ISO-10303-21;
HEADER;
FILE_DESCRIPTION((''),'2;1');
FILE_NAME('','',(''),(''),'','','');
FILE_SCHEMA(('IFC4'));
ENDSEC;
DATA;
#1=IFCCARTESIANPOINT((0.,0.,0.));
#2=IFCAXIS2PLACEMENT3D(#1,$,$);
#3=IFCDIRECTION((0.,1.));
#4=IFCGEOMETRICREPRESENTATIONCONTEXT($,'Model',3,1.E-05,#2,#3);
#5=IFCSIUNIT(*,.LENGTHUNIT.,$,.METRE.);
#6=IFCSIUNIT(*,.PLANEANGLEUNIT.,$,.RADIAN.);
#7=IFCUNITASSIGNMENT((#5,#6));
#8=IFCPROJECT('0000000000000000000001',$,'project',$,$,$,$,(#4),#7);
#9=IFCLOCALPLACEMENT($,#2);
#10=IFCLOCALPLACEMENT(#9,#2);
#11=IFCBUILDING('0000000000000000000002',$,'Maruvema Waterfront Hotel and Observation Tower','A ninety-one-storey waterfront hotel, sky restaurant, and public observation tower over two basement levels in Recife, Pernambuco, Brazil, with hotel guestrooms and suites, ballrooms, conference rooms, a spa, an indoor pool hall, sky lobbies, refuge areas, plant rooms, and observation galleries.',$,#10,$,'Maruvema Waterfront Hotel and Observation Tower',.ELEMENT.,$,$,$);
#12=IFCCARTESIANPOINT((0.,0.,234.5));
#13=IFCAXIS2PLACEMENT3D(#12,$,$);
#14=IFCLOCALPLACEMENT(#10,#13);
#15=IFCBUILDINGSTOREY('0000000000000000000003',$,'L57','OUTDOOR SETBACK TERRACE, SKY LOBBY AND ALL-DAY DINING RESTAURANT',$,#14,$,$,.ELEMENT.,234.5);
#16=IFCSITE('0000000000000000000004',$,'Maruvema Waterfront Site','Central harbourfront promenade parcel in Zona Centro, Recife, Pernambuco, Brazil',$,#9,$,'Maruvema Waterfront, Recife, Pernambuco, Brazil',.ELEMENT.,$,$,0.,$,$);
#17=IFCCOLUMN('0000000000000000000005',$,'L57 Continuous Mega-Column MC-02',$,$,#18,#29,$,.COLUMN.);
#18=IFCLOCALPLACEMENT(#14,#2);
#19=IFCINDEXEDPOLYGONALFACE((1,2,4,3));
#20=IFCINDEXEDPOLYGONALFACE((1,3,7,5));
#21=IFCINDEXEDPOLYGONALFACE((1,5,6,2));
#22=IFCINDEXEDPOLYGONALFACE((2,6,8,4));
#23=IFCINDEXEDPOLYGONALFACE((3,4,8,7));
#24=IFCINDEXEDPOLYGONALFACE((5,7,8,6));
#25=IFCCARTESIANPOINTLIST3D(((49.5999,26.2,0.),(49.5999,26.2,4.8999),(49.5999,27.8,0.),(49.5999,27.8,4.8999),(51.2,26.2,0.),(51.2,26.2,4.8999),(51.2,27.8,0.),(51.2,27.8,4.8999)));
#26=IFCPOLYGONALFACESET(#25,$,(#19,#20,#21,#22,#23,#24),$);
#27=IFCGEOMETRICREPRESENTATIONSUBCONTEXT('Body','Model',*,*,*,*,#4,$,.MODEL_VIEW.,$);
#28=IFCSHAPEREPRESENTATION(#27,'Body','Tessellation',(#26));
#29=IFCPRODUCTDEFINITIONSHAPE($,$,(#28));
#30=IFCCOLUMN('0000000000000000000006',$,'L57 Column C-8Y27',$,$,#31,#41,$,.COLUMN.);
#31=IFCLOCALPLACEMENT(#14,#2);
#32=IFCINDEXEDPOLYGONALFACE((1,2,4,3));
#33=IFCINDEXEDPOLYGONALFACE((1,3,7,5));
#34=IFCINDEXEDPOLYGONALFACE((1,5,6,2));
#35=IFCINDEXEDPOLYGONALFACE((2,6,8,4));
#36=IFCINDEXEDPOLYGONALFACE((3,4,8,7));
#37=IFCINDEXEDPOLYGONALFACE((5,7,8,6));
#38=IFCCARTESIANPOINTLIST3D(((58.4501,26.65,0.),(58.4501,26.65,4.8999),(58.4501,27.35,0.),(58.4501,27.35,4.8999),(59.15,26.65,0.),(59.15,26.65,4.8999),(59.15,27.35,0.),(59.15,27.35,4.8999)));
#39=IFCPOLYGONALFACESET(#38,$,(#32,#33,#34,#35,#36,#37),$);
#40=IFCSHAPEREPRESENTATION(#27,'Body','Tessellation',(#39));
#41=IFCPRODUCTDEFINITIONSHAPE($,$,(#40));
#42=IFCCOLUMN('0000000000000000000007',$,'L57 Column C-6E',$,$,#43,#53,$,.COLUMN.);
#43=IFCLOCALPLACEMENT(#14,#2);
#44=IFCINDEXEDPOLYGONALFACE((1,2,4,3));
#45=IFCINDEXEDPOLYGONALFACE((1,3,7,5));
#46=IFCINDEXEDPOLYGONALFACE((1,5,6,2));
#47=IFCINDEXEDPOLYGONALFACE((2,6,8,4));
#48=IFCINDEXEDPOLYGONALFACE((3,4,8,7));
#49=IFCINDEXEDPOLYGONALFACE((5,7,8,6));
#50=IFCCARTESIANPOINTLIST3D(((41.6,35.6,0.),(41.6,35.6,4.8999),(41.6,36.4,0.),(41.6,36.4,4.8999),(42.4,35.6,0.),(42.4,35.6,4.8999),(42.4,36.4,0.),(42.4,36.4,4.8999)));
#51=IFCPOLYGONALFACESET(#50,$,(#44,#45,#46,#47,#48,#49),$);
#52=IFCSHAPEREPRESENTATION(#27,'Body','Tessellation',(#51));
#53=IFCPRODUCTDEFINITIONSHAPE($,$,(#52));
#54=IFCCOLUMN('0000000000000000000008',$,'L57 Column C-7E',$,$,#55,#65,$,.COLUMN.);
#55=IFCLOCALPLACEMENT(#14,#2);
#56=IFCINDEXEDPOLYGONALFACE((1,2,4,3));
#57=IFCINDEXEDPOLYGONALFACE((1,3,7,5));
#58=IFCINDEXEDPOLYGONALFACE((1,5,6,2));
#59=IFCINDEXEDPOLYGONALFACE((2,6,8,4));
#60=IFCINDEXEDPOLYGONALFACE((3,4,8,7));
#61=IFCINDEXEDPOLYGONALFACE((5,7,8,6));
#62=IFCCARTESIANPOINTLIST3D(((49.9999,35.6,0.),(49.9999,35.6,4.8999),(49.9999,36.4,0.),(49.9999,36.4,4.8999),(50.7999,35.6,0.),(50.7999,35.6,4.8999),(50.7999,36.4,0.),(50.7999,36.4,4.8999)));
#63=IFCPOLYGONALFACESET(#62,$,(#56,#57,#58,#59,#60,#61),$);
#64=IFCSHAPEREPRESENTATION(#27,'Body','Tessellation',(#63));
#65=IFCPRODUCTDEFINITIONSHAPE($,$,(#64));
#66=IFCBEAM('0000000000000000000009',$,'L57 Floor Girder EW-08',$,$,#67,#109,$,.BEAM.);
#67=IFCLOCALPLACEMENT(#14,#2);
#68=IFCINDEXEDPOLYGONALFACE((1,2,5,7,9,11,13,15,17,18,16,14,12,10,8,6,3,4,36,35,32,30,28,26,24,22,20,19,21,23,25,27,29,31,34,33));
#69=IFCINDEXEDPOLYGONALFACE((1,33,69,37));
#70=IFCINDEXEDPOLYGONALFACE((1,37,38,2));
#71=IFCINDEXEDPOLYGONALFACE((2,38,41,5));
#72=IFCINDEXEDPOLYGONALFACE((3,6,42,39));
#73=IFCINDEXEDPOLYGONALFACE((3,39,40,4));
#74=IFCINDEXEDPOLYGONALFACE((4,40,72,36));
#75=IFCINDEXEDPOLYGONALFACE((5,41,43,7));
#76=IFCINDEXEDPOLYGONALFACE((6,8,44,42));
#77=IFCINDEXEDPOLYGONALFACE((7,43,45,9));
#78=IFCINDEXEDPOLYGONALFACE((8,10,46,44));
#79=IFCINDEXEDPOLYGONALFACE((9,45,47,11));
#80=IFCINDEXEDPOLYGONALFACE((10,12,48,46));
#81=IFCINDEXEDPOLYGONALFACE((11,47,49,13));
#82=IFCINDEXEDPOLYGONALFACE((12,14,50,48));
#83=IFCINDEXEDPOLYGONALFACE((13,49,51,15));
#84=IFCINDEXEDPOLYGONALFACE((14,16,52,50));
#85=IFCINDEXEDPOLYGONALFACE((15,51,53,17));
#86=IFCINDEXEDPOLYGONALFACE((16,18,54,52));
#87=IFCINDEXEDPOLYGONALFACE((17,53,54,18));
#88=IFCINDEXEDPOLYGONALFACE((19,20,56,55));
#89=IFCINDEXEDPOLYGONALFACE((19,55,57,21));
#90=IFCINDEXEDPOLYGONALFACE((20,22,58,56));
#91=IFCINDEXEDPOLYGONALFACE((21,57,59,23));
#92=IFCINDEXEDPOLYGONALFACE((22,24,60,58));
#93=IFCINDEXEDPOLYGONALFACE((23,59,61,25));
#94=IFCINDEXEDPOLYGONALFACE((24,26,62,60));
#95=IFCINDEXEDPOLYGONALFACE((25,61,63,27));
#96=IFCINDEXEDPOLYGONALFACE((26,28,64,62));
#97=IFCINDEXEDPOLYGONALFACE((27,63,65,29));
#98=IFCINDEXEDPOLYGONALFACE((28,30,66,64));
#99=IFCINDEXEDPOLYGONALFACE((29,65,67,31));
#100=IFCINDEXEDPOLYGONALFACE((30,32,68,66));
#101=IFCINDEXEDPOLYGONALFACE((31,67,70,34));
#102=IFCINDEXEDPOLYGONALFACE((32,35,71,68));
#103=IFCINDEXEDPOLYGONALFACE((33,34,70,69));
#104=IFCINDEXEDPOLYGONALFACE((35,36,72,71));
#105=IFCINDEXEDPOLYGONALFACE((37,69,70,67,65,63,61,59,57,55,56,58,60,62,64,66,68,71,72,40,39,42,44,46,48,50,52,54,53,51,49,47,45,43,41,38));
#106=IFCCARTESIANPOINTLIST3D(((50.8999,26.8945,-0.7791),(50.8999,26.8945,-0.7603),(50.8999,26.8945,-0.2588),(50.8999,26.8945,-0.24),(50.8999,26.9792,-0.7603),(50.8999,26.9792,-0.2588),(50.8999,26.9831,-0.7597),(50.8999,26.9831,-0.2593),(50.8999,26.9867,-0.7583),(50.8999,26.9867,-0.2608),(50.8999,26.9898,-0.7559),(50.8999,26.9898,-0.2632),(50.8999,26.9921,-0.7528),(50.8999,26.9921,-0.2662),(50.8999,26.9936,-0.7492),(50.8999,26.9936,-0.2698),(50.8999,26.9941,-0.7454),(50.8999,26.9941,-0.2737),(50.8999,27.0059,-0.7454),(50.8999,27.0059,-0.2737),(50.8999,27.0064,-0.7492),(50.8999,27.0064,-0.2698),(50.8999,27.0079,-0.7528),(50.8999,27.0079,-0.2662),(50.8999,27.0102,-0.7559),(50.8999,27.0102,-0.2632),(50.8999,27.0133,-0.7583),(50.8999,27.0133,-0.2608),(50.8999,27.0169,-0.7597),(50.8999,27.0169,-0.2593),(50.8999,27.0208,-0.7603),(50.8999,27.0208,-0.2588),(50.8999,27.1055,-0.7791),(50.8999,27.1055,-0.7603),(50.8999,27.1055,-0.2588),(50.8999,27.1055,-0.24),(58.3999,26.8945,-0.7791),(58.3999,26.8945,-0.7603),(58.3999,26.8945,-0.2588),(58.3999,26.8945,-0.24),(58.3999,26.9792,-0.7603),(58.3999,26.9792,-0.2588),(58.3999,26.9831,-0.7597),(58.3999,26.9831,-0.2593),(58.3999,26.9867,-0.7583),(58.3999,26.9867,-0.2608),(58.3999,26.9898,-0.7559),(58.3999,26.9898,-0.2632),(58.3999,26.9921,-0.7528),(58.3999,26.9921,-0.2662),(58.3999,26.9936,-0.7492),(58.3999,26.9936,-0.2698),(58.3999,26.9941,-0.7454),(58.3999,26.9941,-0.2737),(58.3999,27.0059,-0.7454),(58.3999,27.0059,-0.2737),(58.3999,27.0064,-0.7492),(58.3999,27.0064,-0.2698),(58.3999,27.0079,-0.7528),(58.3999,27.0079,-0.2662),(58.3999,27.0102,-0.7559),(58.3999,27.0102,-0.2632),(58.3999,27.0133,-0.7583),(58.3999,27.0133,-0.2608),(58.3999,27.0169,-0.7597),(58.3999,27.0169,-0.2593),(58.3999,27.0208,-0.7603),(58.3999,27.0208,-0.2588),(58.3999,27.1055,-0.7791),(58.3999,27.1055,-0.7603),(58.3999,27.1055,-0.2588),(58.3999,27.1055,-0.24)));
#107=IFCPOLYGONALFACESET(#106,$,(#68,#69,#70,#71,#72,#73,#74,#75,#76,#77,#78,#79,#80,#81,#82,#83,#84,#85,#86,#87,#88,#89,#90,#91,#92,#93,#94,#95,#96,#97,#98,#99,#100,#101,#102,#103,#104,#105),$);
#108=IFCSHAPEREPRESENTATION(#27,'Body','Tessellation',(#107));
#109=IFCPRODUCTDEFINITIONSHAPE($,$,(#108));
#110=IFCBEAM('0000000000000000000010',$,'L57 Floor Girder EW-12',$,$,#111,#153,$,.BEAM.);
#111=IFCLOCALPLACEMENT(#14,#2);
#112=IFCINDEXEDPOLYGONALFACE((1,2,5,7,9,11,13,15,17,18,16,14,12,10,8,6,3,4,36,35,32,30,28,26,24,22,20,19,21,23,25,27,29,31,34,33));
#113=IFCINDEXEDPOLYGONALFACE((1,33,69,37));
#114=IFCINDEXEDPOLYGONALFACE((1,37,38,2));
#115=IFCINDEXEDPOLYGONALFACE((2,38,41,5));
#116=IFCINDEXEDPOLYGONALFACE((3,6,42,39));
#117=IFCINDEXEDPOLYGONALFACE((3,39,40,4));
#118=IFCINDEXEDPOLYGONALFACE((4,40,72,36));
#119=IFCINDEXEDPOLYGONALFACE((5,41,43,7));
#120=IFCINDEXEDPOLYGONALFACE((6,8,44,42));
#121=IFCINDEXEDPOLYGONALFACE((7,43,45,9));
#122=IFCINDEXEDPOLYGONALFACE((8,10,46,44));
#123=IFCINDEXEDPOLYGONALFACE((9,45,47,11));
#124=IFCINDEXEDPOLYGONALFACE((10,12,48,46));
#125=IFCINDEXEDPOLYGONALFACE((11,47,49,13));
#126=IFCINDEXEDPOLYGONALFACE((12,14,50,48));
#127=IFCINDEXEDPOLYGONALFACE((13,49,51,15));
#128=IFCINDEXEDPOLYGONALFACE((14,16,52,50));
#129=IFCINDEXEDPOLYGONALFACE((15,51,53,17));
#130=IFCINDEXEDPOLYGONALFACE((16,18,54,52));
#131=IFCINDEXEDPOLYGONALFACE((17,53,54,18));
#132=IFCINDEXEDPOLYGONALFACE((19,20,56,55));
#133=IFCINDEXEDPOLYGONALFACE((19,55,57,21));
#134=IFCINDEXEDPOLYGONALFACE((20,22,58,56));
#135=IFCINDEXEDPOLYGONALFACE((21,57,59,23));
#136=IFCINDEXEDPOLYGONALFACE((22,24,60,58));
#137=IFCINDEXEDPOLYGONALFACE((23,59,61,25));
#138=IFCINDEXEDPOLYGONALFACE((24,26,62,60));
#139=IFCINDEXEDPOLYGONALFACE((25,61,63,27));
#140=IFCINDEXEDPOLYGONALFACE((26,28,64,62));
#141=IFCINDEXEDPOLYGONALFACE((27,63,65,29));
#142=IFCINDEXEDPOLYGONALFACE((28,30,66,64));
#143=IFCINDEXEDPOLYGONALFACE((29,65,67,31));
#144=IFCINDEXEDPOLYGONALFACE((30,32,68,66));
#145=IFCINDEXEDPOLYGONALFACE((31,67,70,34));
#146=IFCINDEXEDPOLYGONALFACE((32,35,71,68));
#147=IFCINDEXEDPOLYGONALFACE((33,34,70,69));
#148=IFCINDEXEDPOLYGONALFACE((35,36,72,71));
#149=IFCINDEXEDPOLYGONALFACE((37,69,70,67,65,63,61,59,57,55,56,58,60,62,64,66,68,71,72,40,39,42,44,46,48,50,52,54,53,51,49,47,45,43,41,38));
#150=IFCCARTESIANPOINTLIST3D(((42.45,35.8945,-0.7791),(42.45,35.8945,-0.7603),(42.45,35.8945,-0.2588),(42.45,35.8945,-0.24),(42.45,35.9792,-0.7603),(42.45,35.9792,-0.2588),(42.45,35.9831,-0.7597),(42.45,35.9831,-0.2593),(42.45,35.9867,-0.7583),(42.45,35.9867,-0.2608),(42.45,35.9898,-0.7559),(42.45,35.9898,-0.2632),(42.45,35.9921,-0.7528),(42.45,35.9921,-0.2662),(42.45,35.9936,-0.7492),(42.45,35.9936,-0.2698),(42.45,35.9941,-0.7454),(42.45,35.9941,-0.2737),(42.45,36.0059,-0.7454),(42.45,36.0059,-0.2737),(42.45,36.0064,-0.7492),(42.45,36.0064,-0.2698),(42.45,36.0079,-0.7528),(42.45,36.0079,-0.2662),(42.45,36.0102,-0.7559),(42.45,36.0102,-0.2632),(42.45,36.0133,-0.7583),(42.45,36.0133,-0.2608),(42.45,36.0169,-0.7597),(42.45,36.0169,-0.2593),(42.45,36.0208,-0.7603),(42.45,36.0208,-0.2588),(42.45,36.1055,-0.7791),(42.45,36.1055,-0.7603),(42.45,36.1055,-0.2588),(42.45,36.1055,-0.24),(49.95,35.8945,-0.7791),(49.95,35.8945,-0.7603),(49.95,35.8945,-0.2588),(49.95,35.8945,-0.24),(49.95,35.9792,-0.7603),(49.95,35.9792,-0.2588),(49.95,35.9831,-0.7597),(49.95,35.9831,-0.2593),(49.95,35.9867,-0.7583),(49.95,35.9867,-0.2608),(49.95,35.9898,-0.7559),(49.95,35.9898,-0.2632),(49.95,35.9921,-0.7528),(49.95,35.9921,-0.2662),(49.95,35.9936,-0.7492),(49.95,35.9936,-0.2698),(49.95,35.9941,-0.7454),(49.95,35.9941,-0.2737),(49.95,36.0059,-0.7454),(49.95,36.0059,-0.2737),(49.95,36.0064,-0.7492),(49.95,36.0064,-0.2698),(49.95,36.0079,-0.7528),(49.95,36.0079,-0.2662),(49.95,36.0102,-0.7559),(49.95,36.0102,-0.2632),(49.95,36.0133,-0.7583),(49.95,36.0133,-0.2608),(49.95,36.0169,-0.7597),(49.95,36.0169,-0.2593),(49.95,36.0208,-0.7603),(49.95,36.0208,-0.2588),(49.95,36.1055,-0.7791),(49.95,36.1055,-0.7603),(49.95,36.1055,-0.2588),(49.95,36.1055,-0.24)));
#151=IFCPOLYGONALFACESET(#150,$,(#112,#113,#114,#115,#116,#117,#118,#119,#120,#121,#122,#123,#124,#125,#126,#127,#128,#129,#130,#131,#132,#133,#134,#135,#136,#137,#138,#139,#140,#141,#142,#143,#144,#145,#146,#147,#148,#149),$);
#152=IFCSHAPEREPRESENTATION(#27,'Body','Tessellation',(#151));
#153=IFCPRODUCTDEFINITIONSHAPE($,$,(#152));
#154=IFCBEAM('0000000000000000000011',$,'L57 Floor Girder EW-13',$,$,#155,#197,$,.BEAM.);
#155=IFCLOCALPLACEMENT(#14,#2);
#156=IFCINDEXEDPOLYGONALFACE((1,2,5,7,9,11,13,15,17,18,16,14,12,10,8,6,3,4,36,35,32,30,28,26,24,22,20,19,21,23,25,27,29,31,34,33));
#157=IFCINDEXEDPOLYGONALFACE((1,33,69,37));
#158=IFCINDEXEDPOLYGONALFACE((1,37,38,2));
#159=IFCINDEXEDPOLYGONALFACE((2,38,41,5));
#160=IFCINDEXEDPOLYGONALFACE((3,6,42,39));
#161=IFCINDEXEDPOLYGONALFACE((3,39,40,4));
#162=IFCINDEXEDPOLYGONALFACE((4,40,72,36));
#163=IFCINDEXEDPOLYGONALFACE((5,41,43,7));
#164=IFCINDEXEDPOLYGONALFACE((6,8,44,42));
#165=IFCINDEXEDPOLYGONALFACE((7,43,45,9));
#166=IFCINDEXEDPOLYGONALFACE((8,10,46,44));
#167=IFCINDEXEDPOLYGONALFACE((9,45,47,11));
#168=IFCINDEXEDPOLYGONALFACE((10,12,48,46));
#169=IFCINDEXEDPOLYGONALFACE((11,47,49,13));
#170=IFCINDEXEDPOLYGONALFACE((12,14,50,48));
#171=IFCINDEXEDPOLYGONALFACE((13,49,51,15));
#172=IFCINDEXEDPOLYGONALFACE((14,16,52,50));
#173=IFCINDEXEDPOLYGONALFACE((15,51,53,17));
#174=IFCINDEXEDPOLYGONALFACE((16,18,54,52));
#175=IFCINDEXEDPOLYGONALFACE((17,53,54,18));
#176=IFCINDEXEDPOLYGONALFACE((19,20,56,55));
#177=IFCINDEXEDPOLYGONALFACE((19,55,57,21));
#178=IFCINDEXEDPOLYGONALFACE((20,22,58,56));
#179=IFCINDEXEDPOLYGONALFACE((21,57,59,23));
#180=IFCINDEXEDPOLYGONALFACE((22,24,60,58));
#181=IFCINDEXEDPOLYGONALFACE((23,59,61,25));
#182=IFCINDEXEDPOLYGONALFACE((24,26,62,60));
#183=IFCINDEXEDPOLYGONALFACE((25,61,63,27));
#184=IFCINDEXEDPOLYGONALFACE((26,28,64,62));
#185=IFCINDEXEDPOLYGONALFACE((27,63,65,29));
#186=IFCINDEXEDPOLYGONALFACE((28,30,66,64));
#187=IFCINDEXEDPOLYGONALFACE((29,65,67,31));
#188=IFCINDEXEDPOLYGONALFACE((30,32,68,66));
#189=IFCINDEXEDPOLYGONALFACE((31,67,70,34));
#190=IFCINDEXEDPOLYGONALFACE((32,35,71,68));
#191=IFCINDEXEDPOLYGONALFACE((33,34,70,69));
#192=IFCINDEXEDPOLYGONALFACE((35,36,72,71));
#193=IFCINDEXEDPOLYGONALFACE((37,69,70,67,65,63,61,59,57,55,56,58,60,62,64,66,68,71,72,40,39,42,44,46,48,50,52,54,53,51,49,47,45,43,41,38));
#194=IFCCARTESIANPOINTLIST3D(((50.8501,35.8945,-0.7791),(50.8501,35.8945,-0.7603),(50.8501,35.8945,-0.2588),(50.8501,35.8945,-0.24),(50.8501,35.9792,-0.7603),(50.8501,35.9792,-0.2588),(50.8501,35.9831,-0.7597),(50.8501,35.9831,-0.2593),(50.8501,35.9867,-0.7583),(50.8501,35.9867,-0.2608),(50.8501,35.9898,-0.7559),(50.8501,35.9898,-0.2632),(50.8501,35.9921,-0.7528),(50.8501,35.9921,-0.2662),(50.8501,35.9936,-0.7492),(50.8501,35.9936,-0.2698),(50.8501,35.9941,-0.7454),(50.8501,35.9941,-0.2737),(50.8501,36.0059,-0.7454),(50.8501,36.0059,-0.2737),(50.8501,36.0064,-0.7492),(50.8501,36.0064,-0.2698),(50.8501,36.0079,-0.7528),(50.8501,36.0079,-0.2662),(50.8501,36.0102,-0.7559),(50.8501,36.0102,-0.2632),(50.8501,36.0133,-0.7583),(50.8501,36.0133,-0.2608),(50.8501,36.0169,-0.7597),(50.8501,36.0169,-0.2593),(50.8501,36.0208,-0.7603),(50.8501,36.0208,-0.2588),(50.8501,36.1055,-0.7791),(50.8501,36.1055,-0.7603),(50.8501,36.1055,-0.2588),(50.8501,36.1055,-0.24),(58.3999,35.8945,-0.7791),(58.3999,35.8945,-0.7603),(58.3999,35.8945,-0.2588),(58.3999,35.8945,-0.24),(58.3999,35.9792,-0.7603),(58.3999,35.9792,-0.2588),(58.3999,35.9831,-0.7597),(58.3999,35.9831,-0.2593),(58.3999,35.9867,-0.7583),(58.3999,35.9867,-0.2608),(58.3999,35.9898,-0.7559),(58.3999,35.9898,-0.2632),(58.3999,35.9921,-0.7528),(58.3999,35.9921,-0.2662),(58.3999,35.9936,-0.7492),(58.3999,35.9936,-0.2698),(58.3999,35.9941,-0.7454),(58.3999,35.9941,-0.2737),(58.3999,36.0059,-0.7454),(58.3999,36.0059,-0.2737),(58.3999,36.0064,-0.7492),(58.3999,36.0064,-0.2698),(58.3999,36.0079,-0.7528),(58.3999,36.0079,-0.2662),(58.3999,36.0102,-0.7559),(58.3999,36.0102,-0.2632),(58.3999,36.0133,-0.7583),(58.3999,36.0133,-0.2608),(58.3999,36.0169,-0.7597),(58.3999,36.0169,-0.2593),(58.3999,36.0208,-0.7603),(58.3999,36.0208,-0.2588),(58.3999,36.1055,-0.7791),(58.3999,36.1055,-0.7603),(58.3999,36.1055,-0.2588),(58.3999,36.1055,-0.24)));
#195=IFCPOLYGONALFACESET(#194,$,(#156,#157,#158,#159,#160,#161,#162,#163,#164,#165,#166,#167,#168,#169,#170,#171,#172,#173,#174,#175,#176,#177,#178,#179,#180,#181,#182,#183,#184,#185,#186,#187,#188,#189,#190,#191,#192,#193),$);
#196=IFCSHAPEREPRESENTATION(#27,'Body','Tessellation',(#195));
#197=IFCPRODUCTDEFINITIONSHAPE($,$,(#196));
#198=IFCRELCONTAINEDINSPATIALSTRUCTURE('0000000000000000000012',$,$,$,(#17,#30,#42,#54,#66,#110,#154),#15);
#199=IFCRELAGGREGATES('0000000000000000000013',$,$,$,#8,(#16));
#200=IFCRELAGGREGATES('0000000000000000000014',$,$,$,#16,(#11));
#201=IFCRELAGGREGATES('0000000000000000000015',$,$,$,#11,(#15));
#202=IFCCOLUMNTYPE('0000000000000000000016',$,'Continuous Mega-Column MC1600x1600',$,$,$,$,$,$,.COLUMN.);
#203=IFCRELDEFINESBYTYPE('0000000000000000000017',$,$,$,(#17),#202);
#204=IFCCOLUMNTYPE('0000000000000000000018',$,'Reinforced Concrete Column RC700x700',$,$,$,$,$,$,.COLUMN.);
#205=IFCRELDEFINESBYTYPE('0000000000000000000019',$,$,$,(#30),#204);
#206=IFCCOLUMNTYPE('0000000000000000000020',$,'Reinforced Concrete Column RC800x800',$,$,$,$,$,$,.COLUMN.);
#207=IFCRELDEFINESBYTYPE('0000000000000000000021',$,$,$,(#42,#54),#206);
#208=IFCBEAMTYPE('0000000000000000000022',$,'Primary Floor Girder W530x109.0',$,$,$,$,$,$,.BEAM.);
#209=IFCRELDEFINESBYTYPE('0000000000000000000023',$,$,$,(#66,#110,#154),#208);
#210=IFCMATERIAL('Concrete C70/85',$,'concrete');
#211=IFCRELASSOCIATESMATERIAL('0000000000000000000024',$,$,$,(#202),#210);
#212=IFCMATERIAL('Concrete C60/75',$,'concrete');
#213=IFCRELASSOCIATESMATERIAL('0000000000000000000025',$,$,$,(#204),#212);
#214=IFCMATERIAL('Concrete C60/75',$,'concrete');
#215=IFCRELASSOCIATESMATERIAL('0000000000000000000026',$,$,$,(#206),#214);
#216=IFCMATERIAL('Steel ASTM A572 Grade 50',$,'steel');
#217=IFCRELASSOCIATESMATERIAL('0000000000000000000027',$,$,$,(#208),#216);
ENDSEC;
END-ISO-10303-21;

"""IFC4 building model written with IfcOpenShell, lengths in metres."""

from ifc_helpers import new_model, si_unit, direction, frame, origin, origin_2d, place, context, subcontext, project, spatial, rectangle, i_section, extrude, material, material_profile, profile_set, type_object, element, save


model = new_model("IFC4")

# Units and contexts
model_context = context("Model", 3, precision=1e-05, world=origin(), true_north=direction((0.0, 1.0)))
body_context = subcontext(model_context, "Body", "Model", "MODEL_VIEW")
ifc_project = project(units=[si_unit("LENGTHUNIT", "METRE"), si_unit("PLANEANGLEUNIT", "RADIAN")], contexts=[model_context])

# Site, building, storey
site_placement = place(None, origin())
site = spatial("IfcSite", under=ifc_project, at=site_placement, Name="Maruvema Waterfront Site", Description="Central harbourfront promenade parcel in Zona Centro, Recife, Pernambuco, Brazil", LongName="Maruvema Waterfront, Recife, Pernambuco, Brazil", CompositionType="ELEMENT", RefElevation=0.0)
building_placement = place(site_placement, origin())
building = spatial("IfcBuilding", under=site, at=building_placement, Name="Maruvema Waterfront Hotel and Observation Tower", Description="A ninety-one-storey waterfront hotel, sky restaurant, and public observation tower over two basement levels in Recife, Pernambuco, Brazil, with hotel guestrooms and suites, ballrooms, conference rooms, a spa, an indoor pool hall, sky lobbies, refuge areas, plant rooms, and observation galleries.", LongName="Maruvema Waterfront Hotel and Observation Tower", CompositionType="ELEMENT")
storey_placement = place(building_placement, frame((0.0, 0.0, 234.5)))
storey = spatial("IfcBuildingStorey", under=building, at=storey_placement, Name="L57", Description="OUTDOOR SETBACK TERRACE, SKY LOBBY AND ALL-DAY DINING RESTAURANT", CompositionType="ELEMENT", Elevation=234.5)

# Columns
ifc_material_1 = material(Name="Concrete C70/85", Category="concrete")
ifc_material_profile_1 = material_profile(ifc_material_1, rectangle(XDim=1.6001, YDim=1.6001, at=origin_2d()), Name="MC1600x1600")
ifc_profile_set_1 = profile_set([ifc_material_profile_1], Name="Concrete C70/85")
column_type_1 = type_object("IfcColumnType", Name="Continuous Mega-Column MC1600x1600", PredefinedType="COLUMN", material=ifc_profile_set_1)
column_1_placement = place(storey_placement, frame((50.3999, 27.0, 0.0), z_axis=(0.0, 0.0, 1.0), x_axis=(1.0, 0.0, 0.0)))
element("IfcColumn", 1, at=column_1_placement, inside=storey, type_object=column_type_1, Name="L57 Continuous Mega-Column MC-02", PredefinedType="COLUMN", context=body_context, shape_type="SweptSolid", body=[
    extrude(rectangle(XDim=1.6001, YDim=1.6001, at=origin_2d()), origin(), (0.0, 0.0, 1.0), 4.8999),
])
ifc_material_2 = material(Name="Concrete C60/75", Category="concrete")
ifc_material_profile_2 = material_profile(ifc_material_2, rectangle(XDim=0.7, YDim=0.7, at=origin_2d()), Name="RC700x700")
ifc_profile_set_2 = profile_set([ifc_material_profile_2], Name="Concrete C60/75")
column_type_2 = type_object("IfcColumnType", Name="Reinforced Concrete Column RC700x700", PredefinedType="COLUMN", material=ifc_profile_set_2)
column_2_placement = place(storey_placement, frame((58.8, 27.0, 0.0), z_axis=(0.0, 0.0, 1.0), x_axis=(1.0, 0.0, 0.0)))
element("IfcColumn", 2, at=column_2_placement, inside=storey, type_object=column_type_2, Name="L57 Column C-8Y27", PredefinedType="COLUMN", context=body_context, shape_type="SweptSolid", body=[
    extrude(rectangle(XDim=0.7, YDim=0.7, at=origin_2d()), origin(), (0.0, 0.0, 1.0), 4.8999),
])
ifc_material_3 = material(Name="Concrete C60/75", Category="concrete")
ifc_material_profile_3 = material_profile(ifc_material_3, rectangle(XDim=0.8, YDim=0.8, at=origin_2d()), Name="RC800x800")
ifc_profile_set_3 = profile_set([ifc_material_profile_3], Name="Concrete C60/75")
column_type_3 = type_object("IfcColumnType", Name="Reinforced Concrete Column RC800x800", PredefinedType="COLUMN", material=ifc_profile_set_3)
for number, where, z_axis, x_axis, name in (
    (3, (42.0, 36.0, 0.0), (0.0, 0.0, 1.0), (1.0, 0.0, 0.0), "L57 Column C-6E"),
    (4, (50.3999, 36.0, 0.0), (0.0, 0.0, 1.0), (1.0, 0.0, 0.0), "L57 Column C-7E"),
):
    element("IfcColumn", number, at=place(storey_placement, frame(where, z_axis=z_axis, x_axis=x_axis)), inside=storey, type_object=column_type_3, Name=name, PredefinedType="COLUMN", context=body_context, shape_type="SweptSolid", body=[
        extrude(rectangle(XDim=0.8, YDim=0.8, at=origin_2d()), origin(), (0.0, 0.0, 1.0), 4.8999),
    ])

# Beams
ifc_material_4 = material(Name="Steel ASTM A572 Grade 50", Category="steel")
ifc_material_profile_4 = material_profile(ifc_material_4, i_section(OverallWidth=0.2109, OverallDepth=0.5391, WebThickness=0.0117, FlangeThickness=0.0188, FilletRadius=0.0149, at=origin_2d()), Name="W530x109.0")
ifc_profile_set_4 = profile_set([ifc_material_profile_4], Name="Steel ASTM A572 Grade 50")
beam_type_1 = type_object("IfcBeamType", Name="Primary Floor Girder W530x109.0", PredefinedType="BEAM", material=ifc_profile_set_4)
for number, where, z_axis, x_axis, name in (
    (5, (50.8999, 27.0, -0.5095), (1.0, 0.0, 0.0), (0.0, 1.0, 0.0), "L57 Floor Girder EW-08"),
    (6, (42.45, 36.0, -0.5095), (1.0, 0.0, 0.0), (0.0, 1.0, 0.0), "L57 Floor Girder EW-12"),
):
    element("IfcBeam", number, at=place(storey_placement, frame(where, z_axis=z_axis, x_axis=x_axis)), inside=storey, type_object=beam_type_1, Name=name, PredefinedType="BEAM", context=body_context, shape_type="SweptSolid", body=[
        extrude(i_section(OverallWidth=0.2109, OverallDepth=0.5391, WebThickness=0.0117, FlangeThickness=0.0188, FilletRadius=0.0149, at=origin_2d()), origin(), (0.0, 0.0, 1.0), 7.5),
    ])
beam_1_placement = place(storey_placement, frame((50.8501, 36.0, -0.5095), z_axis=(1.0, 0.0, 0.0), x_axis=(0.0, 1.0, 0.0)))
element("IfcBeam", 7, at=beam_1_placement, inside=storey, type_object=beam_type_1, Name="L57 Floor Girder EW-13", PredefinedType="BEAM", context=body_context, shape_type="SweptSolid", body=[
    extrude(i_section(OverallWidth=0.2109, OverallDepth=0.5391, WebThickness=0.0117, FlangeThickness=0.0188, FilletRadius=0.0149, at=origin_2d()), origin(), (0.0, 0.0, 1.0), 7.5498),
])

save(model, "model.ifc")
